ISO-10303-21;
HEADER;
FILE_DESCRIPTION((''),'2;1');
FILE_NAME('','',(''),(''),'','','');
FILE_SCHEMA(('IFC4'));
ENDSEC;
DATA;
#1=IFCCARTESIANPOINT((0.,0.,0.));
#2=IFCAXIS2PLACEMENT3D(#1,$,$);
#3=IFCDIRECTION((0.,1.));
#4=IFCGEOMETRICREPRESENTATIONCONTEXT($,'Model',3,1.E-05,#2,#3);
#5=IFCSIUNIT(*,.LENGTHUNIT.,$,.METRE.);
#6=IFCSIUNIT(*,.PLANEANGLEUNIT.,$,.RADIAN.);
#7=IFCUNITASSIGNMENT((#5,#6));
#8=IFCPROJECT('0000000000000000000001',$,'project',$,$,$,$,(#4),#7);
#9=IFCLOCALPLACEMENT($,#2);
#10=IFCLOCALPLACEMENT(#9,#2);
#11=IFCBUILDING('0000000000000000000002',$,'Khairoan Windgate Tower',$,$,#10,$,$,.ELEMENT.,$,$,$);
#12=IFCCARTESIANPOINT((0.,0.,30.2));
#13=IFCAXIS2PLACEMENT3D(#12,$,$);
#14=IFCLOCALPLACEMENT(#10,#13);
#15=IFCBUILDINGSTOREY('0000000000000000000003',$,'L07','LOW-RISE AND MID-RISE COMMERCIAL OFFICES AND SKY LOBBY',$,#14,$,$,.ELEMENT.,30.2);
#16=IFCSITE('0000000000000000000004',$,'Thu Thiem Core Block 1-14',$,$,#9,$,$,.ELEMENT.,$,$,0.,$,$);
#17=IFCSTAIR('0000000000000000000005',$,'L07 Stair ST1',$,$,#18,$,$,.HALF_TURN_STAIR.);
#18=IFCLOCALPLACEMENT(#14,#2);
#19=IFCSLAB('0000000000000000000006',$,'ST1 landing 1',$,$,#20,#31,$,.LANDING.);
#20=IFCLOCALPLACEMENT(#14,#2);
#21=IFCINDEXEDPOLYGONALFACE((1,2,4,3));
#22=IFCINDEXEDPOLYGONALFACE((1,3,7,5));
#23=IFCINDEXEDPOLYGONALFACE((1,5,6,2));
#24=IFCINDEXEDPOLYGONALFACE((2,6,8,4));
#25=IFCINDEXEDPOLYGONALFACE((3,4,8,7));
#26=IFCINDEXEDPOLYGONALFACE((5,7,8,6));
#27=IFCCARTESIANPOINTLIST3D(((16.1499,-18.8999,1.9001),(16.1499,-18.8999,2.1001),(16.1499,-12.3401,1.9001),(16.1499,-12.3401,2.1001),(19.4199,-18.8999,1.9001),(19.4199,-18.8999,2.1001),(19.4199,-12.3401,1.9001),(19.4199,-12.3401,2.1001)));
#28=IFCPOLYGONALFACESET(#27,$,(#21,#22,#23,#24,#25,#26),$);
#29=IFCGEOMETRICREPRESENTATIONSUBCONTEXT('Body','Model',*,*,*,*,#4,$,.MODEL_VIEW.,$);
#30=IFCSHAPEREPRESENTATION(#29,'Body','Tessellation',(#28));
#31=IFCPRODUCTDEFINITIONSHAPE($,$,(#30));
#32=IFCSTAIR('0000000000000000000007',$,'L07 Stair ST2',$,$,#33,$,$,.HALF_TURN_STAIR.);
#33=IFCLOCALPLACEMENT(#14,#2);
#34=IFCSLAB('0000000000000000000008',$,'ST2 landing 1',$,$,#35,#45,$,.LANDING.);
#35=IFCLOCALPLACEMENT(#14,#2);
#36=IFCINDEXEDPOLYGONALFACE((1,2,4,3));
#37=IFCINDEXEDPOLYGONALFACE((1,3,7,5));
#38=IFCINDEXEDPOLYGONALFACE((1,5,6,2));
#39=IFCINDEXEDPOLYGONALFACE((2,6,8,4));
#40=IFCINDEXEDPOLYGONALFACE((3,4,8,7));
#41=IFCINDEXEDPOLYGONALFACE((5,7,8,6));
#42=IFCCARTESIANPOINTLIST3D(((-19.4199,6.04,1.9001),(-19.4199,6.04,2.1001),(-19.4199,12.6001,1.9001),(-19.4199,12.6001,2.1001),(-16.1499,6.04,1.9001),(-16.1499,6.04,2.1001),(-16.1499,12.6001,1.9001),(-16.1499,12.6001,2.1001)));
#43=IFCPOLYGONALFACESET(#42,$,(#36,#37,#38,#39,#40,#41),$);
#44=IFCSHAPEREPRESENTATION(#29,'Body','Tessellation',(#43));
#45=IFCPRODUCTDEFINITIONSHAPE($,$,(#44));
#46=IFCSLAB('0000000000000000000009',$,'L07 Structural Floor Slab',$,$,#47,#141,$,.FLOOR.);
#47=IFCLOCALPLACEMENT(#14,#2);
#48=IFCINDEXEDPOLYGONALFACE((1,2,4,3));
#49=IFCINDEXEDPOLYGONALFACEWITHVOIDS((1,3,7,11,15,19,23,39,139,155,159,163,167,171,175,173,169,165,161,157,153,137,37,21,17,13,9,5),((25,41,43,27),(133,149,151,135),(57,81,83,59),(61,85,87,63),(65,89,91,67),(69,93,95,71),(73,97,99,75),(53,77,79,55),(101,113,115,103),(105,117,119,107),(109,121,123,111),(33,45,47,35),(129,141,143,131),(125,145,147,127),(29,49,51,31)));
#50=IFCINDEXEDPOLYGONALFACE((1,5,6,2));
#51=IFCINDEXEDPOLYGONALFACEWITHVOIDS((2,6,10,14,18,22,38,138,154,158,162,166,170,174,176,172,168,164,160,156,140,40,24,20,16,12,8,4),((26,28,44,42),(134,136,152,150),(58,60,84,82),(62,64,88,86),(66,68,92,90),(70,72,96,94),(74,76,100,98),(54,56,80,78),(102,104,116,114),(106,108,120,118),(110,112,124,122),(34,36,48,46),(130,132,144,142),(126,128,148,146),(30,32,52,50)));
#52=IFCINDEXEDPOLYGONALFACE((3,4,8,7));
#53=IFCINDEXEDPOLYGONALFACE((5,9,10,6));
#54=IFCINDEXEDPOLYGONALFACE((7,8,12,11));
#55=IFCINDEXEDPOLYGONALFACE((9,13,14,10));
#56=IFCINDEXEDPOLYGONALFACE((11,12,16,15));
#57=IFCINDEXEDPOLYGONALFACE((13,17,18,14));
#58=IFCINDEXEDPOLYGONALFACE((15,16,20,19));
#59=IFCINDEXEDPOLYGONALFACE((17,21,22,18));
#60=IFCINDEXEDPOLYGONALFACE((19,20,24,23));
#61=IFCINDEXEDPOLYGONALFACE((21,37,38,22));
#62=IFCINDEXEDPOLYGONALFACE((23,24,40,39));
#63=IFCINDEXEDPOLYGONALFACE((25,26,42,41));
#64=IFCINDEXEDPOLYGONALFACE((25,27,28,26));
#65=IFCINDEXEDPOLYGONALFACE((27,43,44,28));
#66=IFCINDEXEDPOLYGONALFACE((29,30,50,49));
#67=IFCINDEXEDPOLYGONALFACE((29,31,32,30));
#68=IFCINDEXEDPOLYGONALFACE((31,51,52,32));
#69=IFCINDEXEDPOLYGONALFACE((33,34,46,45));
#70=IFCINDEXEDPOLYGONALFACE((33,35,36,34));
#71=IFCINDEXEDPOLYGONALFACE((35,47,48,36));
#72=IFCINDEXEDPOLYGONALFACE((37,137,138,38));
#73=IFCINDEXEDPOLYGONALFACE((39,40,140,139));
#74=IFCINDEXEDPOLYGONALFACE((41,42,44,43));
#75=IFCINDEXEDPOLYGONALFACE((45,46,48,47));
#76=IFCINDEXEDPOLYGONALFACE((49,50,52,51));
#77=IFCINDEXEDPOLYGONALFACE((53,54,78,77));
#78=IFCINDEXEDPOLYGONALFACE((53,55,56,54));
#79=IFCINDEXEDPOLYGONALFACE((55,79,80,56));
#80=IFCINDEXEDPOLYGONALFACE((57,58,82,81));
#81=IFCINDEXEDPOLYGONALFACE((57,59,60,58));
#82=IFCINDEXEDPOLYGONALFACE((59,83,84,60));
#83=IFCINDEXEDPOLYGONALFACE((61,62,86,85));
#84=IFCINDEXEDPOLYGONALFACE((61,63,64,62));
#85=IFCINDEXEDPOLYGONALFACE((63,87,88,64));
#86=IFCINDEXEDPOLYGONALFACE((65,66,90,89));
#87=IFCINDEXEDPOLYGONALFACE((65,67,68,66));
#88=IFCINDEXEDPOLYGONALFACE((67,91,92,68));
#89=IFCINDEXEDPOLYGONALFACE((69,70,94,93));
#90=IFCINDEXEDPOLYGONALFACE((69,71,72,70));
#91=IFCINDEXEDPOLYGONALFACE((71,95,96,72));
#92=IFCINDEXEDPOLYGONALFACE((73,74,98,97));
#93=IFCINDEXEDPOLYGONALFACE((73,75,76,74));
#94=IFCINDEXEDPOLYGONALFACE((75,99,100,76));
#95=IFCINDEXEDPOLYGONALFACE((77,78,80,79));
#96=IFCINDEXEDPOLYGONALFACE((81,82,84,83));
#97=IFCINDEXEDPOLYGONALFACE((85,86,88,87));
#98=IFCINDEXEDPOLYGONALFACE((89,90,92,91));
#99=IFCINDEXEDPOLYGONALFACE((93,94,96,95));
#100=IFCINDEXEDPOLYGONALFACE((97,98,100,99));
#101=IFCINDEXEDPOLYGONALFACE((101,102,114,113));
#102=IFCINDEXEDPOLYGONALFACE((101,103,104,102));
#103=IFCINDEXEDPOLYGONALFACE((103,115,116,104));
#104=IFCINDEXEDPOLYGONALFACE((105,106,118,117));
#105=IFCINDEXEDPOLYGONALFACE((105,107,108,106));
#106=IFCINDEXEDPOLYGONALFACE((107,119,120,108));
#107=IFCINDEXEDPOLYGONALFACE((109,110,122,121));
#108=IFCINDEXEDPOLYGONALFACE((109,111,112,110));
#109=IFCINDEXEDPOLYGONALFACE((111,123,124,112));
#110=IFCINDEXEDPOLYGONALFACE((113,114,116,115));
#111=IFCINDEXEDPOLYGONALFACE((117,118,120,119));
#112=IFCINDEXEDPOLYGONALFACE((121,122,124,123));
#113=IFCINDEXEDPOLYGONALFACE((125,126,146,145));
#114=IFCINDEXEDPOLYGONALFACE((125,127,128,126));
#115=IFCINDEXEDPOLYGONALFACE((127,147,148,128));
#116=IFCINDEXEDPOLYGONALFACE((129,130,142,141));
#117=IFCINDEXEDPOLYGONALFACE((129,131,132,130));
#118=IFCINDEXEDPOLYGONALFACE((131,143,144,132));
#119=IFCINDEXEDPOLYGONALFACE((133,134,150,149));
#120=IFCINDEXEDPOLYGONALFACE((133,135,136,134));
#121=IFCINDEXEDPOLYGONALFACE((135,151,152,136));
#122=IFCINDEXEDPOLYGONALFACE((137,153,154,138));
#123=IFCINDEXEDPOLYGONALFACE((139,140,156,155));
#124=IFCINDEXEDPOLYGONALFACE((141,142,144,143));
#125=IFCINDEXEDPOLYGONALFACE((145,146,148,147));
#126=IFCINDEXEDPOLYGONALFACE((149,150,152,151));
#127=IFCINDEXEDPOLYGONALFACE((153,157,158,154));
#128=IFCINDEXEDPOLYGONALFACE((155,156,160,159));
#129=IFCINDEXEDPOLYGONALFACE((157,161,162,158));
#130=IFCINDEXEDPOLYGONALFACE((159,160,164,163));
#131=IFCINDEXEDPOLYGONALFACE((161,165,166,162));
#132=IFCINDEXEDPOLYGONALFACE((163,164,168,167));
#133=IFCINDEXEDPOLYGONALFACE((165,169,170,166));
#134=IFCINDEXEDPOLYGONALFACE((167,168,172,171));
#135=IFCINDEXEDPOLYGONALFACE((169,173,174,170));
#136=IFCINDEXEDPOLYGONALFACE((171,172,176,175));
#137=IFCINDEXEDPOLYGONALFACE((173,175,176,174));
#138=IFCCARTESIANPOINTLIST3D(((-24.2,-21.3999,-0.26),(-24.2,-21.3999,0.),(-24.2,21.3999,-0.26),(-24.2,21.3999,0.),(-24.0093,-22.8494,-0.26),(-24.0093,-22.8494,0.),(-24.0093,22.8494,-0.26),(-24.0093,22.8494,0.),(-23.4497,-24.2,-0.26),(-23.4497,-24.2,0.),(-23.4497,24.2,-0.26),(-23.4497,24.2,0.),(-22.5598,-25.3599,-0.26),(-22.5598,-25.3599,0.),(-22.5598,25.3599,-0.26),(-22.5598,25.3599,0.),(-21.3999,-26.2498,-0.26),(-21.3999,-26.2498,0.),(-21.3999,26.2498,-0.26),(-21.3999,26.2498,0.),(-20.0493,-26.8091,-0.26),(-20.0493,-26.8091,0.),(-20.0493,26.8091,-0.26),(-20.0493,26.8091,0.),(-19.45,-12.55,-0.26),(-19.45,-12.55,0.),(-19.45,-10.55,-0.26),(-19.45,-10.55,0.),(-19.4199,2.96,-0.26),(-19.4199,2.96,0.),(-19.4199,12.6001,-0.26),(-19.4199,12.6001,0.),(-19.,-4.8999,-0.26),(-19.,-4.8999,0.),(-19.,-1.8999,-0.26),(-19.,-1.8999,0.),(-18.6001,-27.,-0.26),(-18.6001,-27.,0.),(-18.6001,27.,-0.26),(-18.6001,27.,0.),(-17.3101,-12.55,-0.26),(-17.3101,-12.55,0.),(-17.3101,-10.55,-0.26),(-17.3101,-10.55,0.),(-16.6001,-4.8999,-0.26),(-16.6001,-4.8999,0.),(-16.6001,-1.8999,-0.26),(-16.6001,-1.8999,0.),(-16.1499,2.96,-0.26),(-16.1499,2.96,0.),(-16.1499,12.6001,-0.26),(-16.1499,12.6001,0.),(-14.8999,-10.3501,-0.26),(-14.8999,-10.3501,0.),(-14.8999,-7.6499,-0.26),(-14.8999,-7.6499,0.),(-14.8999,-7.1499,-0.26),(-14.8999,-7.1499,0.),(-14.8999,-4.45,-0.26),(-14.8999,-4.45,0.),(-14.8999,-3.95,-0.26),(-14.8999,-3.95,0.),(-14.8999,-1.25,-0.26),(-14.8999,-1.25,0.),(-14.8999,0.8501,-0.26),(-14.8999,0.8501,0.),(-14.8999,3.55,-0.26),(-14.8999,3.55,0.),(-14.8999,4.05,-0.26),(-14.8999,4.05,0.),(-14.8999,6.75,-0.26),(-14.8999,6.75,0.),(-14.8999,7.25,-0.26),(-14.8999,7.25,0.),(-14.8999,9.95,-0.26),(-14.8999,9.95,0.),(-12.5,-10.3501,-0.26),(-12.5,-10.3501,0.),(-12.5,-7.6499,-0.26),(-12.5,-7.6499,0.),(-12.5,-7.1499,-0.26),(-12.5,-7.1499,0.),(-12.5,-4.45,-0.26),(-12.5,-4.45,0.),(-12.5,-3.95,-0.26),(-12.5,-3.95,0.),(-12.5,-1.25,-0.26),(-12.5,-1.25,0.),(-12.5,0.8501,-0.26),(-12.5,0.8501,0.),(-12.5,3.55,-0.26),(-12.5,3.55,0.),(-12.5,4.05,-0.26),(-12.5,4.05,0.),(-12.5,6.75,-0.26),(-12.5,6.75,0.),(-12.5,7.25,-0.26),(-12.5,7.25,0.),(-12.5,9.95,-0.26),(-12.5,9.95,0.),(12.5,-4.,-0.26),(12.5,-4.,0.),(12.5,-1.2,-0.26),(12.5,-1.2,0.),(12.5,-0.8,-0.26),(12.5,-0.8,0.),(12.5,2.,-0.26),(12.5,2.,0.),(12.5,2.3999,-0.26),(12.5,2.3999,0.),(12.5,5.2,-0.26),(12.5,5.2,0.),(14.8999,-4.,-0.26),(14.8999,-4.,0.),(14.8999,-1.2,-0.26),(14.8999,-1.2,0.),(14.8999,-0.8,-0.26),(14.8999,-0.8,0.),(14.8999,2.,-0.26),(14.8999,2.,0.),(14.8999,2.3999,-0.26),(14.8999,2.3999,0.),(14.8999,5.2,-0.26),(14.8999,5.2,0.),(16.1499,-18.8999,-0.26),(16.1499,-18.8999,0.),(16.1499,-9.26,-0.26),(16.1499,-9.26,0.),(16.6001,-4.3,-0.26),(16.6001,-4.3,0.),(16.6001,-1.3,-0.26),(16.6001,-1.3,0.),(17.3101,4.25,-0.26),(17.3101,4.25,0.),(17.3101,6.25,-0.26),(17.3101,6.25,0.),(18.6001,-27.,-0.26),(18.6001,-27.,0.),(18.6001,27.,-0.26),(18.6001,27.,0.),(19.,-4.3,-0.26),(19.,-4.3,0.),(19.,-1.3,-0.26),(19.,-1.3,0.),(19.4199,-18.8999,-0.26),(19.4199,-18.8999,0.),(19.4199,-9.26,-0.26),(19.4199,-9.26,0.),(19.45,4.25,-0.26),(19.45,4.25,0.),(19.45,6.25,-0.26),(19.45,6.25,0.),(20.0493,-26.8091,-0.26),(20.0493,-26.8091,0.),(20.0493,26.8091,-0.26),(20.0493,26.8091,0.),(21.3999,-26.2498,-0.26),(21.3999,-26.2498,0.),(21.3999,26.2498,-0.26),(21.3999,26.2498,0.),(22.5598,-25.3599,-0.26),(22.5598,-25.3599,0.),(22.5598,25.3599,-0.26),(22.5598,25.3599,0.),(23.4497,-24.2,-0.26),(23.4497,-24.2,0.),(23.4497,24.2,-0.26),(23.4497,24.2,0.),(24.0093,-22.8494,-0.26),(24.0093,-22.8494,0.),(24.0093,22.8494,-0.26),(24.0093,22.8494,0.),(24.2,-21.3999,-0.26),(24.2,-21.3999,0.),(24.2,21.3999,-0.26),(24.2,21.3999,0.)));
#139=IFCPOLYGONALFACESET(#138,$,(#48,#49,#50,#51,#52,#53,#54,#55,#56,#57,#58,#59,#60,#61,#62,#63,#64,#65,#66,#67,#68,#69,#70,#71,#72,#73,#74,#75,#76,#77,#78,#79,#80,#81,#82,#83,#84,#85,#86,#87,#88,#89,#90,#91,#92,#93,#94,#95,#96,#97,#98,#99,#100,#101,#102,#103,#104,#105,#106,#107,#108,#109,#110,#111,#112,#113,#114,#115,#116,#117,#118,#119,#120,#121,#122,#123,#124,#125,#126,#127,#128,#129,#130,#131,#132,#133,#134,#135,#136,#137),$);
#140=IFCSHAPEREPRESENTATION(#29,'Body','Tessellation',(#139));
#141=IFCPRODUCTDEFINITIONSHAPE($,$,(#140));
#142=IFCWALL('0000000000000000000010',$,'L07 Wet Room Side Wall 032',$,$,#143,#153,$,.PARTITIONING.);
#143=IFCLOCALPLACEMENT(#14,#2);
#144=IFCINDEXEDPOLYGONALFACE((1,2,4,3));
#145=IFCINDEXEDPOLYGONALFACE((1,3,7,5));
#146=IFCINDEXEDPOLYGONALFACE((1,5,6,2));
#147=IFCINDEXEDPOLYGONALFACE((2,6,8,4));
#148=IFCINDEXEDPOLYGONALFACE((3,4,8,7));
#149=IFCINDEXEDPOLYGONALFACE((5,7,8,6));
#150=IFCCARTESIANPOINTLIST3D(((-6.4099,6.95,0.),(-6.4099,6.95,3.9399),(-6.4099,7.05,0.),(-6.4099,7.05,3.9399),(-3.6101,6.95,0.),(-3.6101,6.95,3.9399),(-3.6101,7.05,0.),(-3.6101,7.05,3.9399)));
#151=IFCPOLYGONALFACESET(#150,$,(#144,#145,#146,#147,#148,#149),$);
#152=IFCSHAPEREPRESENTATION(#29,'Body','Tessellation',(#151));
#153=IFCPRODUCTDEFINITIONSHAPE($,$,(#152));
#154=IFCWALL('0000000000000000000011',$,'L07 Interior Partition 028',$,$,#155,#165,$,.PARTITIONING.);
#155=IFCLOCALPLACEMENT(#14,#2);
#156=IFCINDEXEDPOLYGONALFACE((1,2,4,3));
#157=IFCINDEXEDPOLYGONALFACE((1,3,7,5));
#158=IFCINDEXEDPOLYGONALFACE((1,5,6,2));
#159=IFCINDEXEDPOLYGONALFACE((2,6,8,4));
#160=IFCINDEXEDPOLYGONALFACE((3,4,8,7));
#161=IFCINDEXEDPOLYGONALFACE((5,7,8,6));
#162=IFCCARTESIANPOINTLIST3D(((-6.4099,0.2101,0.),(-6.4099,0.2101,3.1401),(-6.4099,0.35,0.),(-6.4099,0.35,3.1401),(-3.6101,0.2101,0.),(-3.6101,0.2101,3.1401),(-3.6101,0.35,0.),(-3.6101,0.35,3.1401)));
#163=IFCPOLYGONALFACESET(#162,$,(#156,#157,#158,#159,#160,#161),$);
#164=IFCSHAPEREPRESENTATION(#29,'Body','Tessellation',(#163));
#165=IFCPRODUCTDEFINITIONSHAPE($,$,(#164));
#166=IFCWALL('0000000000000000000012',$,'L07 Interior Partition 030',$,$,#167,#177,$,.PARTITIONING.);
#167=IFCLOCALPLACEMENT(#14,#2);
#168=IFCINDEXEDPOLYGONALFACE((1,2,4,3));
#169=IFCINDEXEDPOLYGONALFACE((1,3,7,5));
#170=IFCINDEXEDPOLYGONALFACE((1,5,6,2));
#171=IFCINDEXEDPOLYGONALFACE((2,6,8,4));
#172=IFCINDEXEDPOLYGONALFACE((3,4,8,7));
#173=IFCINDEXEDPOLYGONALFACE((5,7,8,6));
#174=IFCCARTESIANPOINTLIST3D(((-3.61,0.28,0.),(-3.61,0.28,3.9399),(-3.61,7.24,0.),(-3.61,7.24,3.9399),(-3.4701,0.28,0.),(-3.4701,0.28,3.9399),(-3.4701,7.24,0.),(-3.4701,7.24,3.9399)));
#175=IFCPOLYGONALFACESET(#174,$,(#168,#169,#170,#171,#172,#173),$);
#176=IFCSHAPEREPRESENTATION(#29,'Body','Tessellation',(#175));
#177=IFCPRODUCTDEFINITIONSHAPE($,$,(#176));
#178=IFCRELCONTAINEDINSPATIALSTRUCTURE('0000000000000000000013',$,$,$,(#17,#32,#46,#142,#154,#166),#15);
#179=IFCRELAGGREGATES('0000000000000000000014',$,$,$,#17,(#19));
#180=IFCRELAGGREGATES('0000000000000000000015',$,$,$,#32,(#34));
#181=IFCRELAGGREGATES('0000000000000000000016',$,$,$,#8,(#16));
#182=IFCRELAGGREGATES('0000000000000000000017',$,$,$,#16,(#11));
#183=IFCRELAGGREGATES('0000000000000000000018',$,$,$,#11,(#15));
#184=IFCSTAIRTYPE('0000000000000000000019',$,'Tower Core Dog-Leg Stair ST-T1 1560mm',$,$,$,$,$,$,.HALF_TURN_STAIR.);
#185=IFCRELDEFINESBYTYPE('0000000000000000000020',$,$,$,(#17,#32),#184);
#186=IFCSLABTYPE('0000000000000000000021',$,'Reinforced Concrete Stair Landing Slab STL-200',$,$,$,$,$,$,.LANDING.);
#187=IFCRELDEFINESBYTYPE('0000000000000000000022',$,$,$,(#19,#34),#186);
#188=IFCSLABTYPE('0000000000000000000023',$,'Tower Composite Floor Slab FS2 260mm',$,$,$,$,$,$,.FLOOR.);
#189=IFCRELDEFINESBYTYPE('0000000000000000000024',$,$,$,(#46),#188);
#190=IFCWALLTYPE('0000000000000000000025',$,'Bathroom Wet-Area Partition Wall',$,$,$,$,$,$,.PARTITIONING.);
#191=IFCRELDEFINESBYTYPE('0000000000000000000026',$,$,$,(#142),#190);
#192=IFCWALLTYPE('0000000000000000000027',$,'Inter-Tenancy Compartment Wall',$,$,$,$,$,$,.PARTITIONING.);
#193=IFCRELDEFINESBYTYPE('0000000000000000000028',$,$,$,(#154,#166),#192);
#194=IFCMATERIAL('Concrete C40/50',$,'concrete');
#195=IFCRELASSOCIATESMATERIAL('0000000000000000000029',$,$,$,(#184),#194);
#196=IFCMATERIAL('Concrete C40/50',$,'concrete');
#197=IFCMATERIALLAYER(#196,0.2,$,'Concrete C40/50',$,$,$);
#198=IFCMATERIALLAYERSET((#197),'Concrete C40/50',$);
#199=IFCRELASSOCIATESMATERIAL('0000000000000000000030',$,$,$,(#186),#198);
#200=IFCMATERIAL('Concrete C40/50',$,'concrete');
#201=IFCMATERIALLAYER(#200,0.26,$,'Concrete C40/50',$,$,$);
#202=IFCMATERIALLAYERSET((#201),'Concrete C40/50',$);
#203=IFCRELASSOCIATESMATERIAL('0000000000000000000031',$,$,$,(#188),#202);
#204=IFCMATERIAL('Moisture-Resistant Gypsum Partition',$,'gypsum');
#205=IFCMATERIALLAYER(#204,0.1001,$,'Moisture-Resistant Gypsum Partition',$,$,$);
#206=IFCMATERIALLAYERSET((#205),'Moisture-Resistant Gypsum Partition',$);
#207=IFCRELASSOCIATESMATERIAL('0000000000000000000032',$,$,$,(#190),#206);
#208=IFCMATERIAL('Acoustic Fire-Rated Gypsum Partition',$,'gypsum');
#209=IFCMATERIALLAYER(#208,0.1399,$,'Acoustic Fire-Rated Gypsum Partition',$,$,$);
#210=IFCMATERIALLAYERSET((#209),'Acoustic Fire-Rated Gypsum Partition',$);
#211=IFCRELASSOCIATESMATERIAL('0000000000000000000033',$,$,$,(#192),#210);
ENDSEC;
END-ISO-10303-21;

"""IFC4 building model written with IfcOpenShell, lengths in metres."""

from ifc_helpers import new_model, si_unit, direction, frame, frame_2d, origin, place, context, subcontext, project, spatial, polyline, rectangle, outline, extrude, material, layer, layer_set, type_object, element, aggregate, save


model = new_model("IFC4")

# Units and contexts
model_context = context("Model", 3, precision=1e-05, world=origin(), true_north=direction((0.0, 1.0)))
body_context = subcontext(model_context, "Body", "Model", "MODEL_VIEW")
ifc_project = project(units=[si_unit("LENGTHUNIT", "METRE"), si_unit("PLANEANGLEUNIT", "RADIAN")], contexts=[model_context])

# Site, building, storey
site_placement = place(None, origin())
site = spatial("IfcSite", under=ifc_project, at=site_placement, Name="Thu Thiem Core Block 1-14", CompositionType="ELEMENT", RefElevation=0.0)
building_placement = place(site_placement, origin())
building = spatial("IfcBuilding", under=site, at=building_placement, Name="Khairoan Windgate Tower", CompositionType="ELEMENT")
storey_placement = place(building_placement, frame((0.0, 0.0, 30.2)))
storey = spatial("IfcBuildingStorey", under=building, at=storey_placement, Name="L07", Description="LOW-RISE AND MID-RISE COMMERCIAL OFFICES AND SKY LOBBY", CompositionType="ELEMENT", Elevation=30.2)

# Stairs, slabs
ifc_material_1 = material(Name="Concrete C40/50", Category="concrete")
stair_type = type_object("IfcStairType", Name="Tower Core Dog-Leg Stair ST-T1 1560mm", PredefinedType="HALF_TURN_STAIR", material=ifc_material_1)
stair_1_placement = place(storey_placement, origin())
stair_1 = element("IfcStair", 1, at=stair_1_placement, inside=storey, type_object=stair_type, Name="L07 Stair ST1", PredefinedType="HALF_TURN_STAIR")
ifc_material_2 = material(Name="Concrete C40/50", Category="concrete")
ifc_layer_1 = layer(ifc_material_2, 0.2, Name="Concrete C40/50")
ifc_layer_set_1 = layer_set([ifc_layer_1], Name="Concrete C40/50")
slab_type_1 = type_object("IfcSlabType", Name="Reinforced Concrete Stair Landing Slab STL-200", PredefinedType="LANDING", material=ifc_layer_set_1)
slab_1_placement = place(storey_placement, frame((0.0, 0.0, 1.9001)))
slab_1 = element("IfcSlab", 2, at=slab_1_placement, type_object=slab_type_1, Name="ST1 landing 1", PredefinedType="LANDING", context=body_context, shape_type="SweptSolid", body=[
    extrude(outline(polyline([(16.1499, -12.3401), (16.1499, -18.8999), (19.4199, -18.8999), (19.4199, -12.3401), (16.1499, -12.3401)])), origin(), (0.0, 0.0, 1.0), 0.2),
])
aggregate(stair_1, [slab_1])
stair_2_placement = place(storey_placement, origin())
stair_2 = element("IfcStair", 3, at=stair_2_placement, inside=storey, type_object=stair_type, Name="L07 Stair ST2", PredefinedType="HALF_TURN_STAIR")
slab_2_placement = place(storey_placement, frame((0.0, 0.0, 1.9001)))
slab_2 = element("IfcSlab", 4, at=slab_2_placement, type_object=slab_type_1, Name="ST2 landing 1", PredefinedType="LANDING", context=body_context, shape_type="SweptSolid", body=[
    extrude(outline(polyline([(-16.1499, 6.04), (-16.1499, 12.6001), (-19.4199, 12.6001), (-19.4199, 6.04), (-16.1499, 6.04)])), origin(), (0.0, 0.0, 1.0), 0.2),
])
aggregate(stair_2, [slab_2])

# Slab
ifc_material_3 = material(Name="Concrete C40/50", Category="concrete")
ifc_layer_2 = layer(ifc_material_3, 0.26, Name="Concrete C40/50")
ifc_layer_set_2 = layer_set([ifc_layer_2], Name="Concrete C40/50")
slab_type_2 = type_object("IfcSlabType", Name="Tower Composite Floor Slab FS2 260mm", PredefinedType="FLOOR", material=ifc_layer_set_2)
slab_3_placement = place(storey_placement, frame((0.0, 0.0, -0.26)))
element("IfcSlab", 5, at=slab_3_placement, inside=storey, type_object=slab_type_2, Name="L07 Structural Floor Slab", PredefinedType="FLOOR", context=body_context, shape_type="SweptSolid", body=[
    extrude(outline(polyline([(18.6001, -27.0), (20.0493, -26.8091), (21.3999, -26.2498), (22.5598, -25.3599), (23.4497, -24.2), (24.0093, -22.8494), (24.2, -21.3999), (24.2, 21.3999), (24.0093, 22.8494), (23.4497, 24.2), (22.5598, 25.3599), (21.3999, 26.2498), (20.0493, 26.8091), (18.6001, 27.0), (-18.6001, 27.0), (-20.0493, 26.8091), (-21.3999, 26.2498), (-22.5598, 25.3599), (-23.4497, 24.2), (-24.0093, 22.8494), (-24.2, 21.3999), (-24.2, -21.3999), (-24.0093, -22.8494), (-23.4497, -24.2), (-22.5598, -25.3599), (-21.3999, -26.2498), (-20.0493, -26.8091), (-18.6001, -27.0), (18.6001, -27.0)]), holes=[polyline([(16.1499, -9.26), (16.1499, -18.8999), (19.4199, -18.8999), (19.4199, -9.26), (16.1499, -9.26)]), polyline([(-16.1499, 2.96), (-16.1499, 12.6001), (-19.4199, 12.6001), (-19.4199, 2.96), (-16.1499, 2.96)]), polyline([(-14.8999, 7.25), (-12.5, 7.25), (-12.5, 9.95), (-14.8999, 9.95), (-14.8999, 7.25)]), polyline([(-14.8999, 4.05), (-12.5, 4.05), (-12.5, 6.75), (-14.8999, 6.75), (-14.8999, 4.05)]), polyline([(-14.8999, 0.8501), (-12.5, 0.8501), (-12.5, 3.55), (-14.8999, 3.55), (-14.8999, 0.8501)]), polyline([(-14.8999, -3.95), (-12.5, -3.95), (-12.5, -1.25), (-14.8999, -1.25), (-14.8999, -3.95)]), polyline([(-14.8999, -7.1499), (-12.5, -7.1499), (-12.5, -4.45), (-14.8999, -4.45), (-14.8999, -7.1499)]), polyline([(-14.8999, -10.3501), (-12.5, -10.3501), (-12.5, -7.6499), (-14.8999, -7.6499), (-14.8999, -10.3501)]), polyline([(12.5, 2.3999), (14.8999, 2.3999), (14.8999, 5.2), (12.5, 5.2), (12.5, 2.3999)]), polyline([(12.5, -0.8), (14.8999, -0.8), (14.8999, 2.0), (12.5, 2.0), (12.5, -0.8)]), polyline([(12.5, -4.0), (14.8999, -4.0), (14.8999, -1.2), (12.5, -1.2), (12.5, -4.0)]), polyline([(16.6001, -4.3), (19.0, -4.3), (19.0, -1.3), (16.6001, -1.3), (16.6001, -4.3)]), polyline([(-19.0, -4.8999), (-16.6001, -4.8999), (-16.6001, -1.8999), (-19.0, -1.8999), (-19.0, -4.8999)]), polyline([(-19.45, -12.55), (-17.3101, -12.55), (-17.3101, -10.55), (-19.45, -10.55), (-19.45, -12.55)]), polyline([(17.3101, 4.25), (19.45, 4.25), (19.45, 6.25), (17.3101, 6.25), (17.3101, 4.25)])]), origin(), (0.0, 0.0, 1.0), 0.26),
])

# Walls
ifc_material_4 = material(Name="Moisture-Resistant Gypsum Partition", Category="gypsum")
ifc_layer_3 = layer(ifc_material_4, 0.1001, Name="Moisture-Resistant Gypsum Partition")
ifc_layer_set_3 = layer_set([ifc_layer_3], Name="Moisture-Resistant Gypsum Partition")
wall_type_1 = type_object("IfcWallType", Name="Bathroom Wet-Area Partition Wall", PredefinedType="PARTITIONING", material=ifc_layer_set_3)
wall_1_placement = place(storey_placement, frame((-6.4099, 7.0, 0.0), z_axis=(0.0, 0.0, 1.0), x_axis=(1.0, 0.0, 0.0)))
element("IfcWall", 6, at=wall_1_placement, inside=storey, type_object=wall_type_1, Name="L07 Wet Room Side Wall 032", PredefinedType="PARTITIONING", context=body_context, shape_type="SweptSolid", body=[
    extrude(rectangle(XDim=2.7998, YDim=0.1001, at=frame_2d((1.3999, 0.0))), origin(), (0.0, 0.0, 1.0), 3.9399),
])
ifc_material_5 = material(Name="Acoustic Fire-Rated Gypsum Partition", Category="gypsum")
ifc_layer_4 = layer(ifc_material_5, 0.1399, Name="Acoustic Fire-Rated Gypsum Partition")
ifc_layer_set_4 = layer_set([ifc_layer_4], Name="Acoustic Fire-Rated Gypsum Partition")
wall_type_2 = type_object("IfcWallType", Name="Inter-Tenancy Compartment Wall", PredefinedType="PARTITIONING", material=ifc_layer_set_4)
wall_2_placement = place(storey_placement, frame((-6.4099, 0.28, 0.0), z_axis=(0.0, 0.0, 1.0), x_axis=(1.0, 0.0, 0.0)))
element("IfcWall", 7, at=wall_2_placement, inside=storey, type_object=wall_type_2, Name="L07 Interior Partition 028", PredefinedType="PARTITIONING", context=body_context, shape_type="SweptSolid", body=[
    extrude(rectangle(XDim=2.7998, YDim=0.1399, at=frame_2d((1.3999, 0.0))), origin(), (0.0, 0.0, 1.0), 3.1401),
])
wall_3_placement = place(storey_placement, frame((-3.54, 0.28, 0.0), z_axis=(0.0, 0.0, 1.0), x_axis=(0.0, 1.0, 0.0)))
element("IfcWall", 8, at=wall_3_placement, inside=storey, type_object=wall_type_2, Name="L07 Interior Partition 030", PredefinedType="PARTITIONING", context=body_context, shape_type="SweptSolid", body=[
    extrude(rectangle(XDim=6.96, YDim=0.1399, at=frame_2d((3.48, 0.0))), origin(), (0.0, 0.0, 1.0), 3.9399),
])

save(model, "model.ifc")
